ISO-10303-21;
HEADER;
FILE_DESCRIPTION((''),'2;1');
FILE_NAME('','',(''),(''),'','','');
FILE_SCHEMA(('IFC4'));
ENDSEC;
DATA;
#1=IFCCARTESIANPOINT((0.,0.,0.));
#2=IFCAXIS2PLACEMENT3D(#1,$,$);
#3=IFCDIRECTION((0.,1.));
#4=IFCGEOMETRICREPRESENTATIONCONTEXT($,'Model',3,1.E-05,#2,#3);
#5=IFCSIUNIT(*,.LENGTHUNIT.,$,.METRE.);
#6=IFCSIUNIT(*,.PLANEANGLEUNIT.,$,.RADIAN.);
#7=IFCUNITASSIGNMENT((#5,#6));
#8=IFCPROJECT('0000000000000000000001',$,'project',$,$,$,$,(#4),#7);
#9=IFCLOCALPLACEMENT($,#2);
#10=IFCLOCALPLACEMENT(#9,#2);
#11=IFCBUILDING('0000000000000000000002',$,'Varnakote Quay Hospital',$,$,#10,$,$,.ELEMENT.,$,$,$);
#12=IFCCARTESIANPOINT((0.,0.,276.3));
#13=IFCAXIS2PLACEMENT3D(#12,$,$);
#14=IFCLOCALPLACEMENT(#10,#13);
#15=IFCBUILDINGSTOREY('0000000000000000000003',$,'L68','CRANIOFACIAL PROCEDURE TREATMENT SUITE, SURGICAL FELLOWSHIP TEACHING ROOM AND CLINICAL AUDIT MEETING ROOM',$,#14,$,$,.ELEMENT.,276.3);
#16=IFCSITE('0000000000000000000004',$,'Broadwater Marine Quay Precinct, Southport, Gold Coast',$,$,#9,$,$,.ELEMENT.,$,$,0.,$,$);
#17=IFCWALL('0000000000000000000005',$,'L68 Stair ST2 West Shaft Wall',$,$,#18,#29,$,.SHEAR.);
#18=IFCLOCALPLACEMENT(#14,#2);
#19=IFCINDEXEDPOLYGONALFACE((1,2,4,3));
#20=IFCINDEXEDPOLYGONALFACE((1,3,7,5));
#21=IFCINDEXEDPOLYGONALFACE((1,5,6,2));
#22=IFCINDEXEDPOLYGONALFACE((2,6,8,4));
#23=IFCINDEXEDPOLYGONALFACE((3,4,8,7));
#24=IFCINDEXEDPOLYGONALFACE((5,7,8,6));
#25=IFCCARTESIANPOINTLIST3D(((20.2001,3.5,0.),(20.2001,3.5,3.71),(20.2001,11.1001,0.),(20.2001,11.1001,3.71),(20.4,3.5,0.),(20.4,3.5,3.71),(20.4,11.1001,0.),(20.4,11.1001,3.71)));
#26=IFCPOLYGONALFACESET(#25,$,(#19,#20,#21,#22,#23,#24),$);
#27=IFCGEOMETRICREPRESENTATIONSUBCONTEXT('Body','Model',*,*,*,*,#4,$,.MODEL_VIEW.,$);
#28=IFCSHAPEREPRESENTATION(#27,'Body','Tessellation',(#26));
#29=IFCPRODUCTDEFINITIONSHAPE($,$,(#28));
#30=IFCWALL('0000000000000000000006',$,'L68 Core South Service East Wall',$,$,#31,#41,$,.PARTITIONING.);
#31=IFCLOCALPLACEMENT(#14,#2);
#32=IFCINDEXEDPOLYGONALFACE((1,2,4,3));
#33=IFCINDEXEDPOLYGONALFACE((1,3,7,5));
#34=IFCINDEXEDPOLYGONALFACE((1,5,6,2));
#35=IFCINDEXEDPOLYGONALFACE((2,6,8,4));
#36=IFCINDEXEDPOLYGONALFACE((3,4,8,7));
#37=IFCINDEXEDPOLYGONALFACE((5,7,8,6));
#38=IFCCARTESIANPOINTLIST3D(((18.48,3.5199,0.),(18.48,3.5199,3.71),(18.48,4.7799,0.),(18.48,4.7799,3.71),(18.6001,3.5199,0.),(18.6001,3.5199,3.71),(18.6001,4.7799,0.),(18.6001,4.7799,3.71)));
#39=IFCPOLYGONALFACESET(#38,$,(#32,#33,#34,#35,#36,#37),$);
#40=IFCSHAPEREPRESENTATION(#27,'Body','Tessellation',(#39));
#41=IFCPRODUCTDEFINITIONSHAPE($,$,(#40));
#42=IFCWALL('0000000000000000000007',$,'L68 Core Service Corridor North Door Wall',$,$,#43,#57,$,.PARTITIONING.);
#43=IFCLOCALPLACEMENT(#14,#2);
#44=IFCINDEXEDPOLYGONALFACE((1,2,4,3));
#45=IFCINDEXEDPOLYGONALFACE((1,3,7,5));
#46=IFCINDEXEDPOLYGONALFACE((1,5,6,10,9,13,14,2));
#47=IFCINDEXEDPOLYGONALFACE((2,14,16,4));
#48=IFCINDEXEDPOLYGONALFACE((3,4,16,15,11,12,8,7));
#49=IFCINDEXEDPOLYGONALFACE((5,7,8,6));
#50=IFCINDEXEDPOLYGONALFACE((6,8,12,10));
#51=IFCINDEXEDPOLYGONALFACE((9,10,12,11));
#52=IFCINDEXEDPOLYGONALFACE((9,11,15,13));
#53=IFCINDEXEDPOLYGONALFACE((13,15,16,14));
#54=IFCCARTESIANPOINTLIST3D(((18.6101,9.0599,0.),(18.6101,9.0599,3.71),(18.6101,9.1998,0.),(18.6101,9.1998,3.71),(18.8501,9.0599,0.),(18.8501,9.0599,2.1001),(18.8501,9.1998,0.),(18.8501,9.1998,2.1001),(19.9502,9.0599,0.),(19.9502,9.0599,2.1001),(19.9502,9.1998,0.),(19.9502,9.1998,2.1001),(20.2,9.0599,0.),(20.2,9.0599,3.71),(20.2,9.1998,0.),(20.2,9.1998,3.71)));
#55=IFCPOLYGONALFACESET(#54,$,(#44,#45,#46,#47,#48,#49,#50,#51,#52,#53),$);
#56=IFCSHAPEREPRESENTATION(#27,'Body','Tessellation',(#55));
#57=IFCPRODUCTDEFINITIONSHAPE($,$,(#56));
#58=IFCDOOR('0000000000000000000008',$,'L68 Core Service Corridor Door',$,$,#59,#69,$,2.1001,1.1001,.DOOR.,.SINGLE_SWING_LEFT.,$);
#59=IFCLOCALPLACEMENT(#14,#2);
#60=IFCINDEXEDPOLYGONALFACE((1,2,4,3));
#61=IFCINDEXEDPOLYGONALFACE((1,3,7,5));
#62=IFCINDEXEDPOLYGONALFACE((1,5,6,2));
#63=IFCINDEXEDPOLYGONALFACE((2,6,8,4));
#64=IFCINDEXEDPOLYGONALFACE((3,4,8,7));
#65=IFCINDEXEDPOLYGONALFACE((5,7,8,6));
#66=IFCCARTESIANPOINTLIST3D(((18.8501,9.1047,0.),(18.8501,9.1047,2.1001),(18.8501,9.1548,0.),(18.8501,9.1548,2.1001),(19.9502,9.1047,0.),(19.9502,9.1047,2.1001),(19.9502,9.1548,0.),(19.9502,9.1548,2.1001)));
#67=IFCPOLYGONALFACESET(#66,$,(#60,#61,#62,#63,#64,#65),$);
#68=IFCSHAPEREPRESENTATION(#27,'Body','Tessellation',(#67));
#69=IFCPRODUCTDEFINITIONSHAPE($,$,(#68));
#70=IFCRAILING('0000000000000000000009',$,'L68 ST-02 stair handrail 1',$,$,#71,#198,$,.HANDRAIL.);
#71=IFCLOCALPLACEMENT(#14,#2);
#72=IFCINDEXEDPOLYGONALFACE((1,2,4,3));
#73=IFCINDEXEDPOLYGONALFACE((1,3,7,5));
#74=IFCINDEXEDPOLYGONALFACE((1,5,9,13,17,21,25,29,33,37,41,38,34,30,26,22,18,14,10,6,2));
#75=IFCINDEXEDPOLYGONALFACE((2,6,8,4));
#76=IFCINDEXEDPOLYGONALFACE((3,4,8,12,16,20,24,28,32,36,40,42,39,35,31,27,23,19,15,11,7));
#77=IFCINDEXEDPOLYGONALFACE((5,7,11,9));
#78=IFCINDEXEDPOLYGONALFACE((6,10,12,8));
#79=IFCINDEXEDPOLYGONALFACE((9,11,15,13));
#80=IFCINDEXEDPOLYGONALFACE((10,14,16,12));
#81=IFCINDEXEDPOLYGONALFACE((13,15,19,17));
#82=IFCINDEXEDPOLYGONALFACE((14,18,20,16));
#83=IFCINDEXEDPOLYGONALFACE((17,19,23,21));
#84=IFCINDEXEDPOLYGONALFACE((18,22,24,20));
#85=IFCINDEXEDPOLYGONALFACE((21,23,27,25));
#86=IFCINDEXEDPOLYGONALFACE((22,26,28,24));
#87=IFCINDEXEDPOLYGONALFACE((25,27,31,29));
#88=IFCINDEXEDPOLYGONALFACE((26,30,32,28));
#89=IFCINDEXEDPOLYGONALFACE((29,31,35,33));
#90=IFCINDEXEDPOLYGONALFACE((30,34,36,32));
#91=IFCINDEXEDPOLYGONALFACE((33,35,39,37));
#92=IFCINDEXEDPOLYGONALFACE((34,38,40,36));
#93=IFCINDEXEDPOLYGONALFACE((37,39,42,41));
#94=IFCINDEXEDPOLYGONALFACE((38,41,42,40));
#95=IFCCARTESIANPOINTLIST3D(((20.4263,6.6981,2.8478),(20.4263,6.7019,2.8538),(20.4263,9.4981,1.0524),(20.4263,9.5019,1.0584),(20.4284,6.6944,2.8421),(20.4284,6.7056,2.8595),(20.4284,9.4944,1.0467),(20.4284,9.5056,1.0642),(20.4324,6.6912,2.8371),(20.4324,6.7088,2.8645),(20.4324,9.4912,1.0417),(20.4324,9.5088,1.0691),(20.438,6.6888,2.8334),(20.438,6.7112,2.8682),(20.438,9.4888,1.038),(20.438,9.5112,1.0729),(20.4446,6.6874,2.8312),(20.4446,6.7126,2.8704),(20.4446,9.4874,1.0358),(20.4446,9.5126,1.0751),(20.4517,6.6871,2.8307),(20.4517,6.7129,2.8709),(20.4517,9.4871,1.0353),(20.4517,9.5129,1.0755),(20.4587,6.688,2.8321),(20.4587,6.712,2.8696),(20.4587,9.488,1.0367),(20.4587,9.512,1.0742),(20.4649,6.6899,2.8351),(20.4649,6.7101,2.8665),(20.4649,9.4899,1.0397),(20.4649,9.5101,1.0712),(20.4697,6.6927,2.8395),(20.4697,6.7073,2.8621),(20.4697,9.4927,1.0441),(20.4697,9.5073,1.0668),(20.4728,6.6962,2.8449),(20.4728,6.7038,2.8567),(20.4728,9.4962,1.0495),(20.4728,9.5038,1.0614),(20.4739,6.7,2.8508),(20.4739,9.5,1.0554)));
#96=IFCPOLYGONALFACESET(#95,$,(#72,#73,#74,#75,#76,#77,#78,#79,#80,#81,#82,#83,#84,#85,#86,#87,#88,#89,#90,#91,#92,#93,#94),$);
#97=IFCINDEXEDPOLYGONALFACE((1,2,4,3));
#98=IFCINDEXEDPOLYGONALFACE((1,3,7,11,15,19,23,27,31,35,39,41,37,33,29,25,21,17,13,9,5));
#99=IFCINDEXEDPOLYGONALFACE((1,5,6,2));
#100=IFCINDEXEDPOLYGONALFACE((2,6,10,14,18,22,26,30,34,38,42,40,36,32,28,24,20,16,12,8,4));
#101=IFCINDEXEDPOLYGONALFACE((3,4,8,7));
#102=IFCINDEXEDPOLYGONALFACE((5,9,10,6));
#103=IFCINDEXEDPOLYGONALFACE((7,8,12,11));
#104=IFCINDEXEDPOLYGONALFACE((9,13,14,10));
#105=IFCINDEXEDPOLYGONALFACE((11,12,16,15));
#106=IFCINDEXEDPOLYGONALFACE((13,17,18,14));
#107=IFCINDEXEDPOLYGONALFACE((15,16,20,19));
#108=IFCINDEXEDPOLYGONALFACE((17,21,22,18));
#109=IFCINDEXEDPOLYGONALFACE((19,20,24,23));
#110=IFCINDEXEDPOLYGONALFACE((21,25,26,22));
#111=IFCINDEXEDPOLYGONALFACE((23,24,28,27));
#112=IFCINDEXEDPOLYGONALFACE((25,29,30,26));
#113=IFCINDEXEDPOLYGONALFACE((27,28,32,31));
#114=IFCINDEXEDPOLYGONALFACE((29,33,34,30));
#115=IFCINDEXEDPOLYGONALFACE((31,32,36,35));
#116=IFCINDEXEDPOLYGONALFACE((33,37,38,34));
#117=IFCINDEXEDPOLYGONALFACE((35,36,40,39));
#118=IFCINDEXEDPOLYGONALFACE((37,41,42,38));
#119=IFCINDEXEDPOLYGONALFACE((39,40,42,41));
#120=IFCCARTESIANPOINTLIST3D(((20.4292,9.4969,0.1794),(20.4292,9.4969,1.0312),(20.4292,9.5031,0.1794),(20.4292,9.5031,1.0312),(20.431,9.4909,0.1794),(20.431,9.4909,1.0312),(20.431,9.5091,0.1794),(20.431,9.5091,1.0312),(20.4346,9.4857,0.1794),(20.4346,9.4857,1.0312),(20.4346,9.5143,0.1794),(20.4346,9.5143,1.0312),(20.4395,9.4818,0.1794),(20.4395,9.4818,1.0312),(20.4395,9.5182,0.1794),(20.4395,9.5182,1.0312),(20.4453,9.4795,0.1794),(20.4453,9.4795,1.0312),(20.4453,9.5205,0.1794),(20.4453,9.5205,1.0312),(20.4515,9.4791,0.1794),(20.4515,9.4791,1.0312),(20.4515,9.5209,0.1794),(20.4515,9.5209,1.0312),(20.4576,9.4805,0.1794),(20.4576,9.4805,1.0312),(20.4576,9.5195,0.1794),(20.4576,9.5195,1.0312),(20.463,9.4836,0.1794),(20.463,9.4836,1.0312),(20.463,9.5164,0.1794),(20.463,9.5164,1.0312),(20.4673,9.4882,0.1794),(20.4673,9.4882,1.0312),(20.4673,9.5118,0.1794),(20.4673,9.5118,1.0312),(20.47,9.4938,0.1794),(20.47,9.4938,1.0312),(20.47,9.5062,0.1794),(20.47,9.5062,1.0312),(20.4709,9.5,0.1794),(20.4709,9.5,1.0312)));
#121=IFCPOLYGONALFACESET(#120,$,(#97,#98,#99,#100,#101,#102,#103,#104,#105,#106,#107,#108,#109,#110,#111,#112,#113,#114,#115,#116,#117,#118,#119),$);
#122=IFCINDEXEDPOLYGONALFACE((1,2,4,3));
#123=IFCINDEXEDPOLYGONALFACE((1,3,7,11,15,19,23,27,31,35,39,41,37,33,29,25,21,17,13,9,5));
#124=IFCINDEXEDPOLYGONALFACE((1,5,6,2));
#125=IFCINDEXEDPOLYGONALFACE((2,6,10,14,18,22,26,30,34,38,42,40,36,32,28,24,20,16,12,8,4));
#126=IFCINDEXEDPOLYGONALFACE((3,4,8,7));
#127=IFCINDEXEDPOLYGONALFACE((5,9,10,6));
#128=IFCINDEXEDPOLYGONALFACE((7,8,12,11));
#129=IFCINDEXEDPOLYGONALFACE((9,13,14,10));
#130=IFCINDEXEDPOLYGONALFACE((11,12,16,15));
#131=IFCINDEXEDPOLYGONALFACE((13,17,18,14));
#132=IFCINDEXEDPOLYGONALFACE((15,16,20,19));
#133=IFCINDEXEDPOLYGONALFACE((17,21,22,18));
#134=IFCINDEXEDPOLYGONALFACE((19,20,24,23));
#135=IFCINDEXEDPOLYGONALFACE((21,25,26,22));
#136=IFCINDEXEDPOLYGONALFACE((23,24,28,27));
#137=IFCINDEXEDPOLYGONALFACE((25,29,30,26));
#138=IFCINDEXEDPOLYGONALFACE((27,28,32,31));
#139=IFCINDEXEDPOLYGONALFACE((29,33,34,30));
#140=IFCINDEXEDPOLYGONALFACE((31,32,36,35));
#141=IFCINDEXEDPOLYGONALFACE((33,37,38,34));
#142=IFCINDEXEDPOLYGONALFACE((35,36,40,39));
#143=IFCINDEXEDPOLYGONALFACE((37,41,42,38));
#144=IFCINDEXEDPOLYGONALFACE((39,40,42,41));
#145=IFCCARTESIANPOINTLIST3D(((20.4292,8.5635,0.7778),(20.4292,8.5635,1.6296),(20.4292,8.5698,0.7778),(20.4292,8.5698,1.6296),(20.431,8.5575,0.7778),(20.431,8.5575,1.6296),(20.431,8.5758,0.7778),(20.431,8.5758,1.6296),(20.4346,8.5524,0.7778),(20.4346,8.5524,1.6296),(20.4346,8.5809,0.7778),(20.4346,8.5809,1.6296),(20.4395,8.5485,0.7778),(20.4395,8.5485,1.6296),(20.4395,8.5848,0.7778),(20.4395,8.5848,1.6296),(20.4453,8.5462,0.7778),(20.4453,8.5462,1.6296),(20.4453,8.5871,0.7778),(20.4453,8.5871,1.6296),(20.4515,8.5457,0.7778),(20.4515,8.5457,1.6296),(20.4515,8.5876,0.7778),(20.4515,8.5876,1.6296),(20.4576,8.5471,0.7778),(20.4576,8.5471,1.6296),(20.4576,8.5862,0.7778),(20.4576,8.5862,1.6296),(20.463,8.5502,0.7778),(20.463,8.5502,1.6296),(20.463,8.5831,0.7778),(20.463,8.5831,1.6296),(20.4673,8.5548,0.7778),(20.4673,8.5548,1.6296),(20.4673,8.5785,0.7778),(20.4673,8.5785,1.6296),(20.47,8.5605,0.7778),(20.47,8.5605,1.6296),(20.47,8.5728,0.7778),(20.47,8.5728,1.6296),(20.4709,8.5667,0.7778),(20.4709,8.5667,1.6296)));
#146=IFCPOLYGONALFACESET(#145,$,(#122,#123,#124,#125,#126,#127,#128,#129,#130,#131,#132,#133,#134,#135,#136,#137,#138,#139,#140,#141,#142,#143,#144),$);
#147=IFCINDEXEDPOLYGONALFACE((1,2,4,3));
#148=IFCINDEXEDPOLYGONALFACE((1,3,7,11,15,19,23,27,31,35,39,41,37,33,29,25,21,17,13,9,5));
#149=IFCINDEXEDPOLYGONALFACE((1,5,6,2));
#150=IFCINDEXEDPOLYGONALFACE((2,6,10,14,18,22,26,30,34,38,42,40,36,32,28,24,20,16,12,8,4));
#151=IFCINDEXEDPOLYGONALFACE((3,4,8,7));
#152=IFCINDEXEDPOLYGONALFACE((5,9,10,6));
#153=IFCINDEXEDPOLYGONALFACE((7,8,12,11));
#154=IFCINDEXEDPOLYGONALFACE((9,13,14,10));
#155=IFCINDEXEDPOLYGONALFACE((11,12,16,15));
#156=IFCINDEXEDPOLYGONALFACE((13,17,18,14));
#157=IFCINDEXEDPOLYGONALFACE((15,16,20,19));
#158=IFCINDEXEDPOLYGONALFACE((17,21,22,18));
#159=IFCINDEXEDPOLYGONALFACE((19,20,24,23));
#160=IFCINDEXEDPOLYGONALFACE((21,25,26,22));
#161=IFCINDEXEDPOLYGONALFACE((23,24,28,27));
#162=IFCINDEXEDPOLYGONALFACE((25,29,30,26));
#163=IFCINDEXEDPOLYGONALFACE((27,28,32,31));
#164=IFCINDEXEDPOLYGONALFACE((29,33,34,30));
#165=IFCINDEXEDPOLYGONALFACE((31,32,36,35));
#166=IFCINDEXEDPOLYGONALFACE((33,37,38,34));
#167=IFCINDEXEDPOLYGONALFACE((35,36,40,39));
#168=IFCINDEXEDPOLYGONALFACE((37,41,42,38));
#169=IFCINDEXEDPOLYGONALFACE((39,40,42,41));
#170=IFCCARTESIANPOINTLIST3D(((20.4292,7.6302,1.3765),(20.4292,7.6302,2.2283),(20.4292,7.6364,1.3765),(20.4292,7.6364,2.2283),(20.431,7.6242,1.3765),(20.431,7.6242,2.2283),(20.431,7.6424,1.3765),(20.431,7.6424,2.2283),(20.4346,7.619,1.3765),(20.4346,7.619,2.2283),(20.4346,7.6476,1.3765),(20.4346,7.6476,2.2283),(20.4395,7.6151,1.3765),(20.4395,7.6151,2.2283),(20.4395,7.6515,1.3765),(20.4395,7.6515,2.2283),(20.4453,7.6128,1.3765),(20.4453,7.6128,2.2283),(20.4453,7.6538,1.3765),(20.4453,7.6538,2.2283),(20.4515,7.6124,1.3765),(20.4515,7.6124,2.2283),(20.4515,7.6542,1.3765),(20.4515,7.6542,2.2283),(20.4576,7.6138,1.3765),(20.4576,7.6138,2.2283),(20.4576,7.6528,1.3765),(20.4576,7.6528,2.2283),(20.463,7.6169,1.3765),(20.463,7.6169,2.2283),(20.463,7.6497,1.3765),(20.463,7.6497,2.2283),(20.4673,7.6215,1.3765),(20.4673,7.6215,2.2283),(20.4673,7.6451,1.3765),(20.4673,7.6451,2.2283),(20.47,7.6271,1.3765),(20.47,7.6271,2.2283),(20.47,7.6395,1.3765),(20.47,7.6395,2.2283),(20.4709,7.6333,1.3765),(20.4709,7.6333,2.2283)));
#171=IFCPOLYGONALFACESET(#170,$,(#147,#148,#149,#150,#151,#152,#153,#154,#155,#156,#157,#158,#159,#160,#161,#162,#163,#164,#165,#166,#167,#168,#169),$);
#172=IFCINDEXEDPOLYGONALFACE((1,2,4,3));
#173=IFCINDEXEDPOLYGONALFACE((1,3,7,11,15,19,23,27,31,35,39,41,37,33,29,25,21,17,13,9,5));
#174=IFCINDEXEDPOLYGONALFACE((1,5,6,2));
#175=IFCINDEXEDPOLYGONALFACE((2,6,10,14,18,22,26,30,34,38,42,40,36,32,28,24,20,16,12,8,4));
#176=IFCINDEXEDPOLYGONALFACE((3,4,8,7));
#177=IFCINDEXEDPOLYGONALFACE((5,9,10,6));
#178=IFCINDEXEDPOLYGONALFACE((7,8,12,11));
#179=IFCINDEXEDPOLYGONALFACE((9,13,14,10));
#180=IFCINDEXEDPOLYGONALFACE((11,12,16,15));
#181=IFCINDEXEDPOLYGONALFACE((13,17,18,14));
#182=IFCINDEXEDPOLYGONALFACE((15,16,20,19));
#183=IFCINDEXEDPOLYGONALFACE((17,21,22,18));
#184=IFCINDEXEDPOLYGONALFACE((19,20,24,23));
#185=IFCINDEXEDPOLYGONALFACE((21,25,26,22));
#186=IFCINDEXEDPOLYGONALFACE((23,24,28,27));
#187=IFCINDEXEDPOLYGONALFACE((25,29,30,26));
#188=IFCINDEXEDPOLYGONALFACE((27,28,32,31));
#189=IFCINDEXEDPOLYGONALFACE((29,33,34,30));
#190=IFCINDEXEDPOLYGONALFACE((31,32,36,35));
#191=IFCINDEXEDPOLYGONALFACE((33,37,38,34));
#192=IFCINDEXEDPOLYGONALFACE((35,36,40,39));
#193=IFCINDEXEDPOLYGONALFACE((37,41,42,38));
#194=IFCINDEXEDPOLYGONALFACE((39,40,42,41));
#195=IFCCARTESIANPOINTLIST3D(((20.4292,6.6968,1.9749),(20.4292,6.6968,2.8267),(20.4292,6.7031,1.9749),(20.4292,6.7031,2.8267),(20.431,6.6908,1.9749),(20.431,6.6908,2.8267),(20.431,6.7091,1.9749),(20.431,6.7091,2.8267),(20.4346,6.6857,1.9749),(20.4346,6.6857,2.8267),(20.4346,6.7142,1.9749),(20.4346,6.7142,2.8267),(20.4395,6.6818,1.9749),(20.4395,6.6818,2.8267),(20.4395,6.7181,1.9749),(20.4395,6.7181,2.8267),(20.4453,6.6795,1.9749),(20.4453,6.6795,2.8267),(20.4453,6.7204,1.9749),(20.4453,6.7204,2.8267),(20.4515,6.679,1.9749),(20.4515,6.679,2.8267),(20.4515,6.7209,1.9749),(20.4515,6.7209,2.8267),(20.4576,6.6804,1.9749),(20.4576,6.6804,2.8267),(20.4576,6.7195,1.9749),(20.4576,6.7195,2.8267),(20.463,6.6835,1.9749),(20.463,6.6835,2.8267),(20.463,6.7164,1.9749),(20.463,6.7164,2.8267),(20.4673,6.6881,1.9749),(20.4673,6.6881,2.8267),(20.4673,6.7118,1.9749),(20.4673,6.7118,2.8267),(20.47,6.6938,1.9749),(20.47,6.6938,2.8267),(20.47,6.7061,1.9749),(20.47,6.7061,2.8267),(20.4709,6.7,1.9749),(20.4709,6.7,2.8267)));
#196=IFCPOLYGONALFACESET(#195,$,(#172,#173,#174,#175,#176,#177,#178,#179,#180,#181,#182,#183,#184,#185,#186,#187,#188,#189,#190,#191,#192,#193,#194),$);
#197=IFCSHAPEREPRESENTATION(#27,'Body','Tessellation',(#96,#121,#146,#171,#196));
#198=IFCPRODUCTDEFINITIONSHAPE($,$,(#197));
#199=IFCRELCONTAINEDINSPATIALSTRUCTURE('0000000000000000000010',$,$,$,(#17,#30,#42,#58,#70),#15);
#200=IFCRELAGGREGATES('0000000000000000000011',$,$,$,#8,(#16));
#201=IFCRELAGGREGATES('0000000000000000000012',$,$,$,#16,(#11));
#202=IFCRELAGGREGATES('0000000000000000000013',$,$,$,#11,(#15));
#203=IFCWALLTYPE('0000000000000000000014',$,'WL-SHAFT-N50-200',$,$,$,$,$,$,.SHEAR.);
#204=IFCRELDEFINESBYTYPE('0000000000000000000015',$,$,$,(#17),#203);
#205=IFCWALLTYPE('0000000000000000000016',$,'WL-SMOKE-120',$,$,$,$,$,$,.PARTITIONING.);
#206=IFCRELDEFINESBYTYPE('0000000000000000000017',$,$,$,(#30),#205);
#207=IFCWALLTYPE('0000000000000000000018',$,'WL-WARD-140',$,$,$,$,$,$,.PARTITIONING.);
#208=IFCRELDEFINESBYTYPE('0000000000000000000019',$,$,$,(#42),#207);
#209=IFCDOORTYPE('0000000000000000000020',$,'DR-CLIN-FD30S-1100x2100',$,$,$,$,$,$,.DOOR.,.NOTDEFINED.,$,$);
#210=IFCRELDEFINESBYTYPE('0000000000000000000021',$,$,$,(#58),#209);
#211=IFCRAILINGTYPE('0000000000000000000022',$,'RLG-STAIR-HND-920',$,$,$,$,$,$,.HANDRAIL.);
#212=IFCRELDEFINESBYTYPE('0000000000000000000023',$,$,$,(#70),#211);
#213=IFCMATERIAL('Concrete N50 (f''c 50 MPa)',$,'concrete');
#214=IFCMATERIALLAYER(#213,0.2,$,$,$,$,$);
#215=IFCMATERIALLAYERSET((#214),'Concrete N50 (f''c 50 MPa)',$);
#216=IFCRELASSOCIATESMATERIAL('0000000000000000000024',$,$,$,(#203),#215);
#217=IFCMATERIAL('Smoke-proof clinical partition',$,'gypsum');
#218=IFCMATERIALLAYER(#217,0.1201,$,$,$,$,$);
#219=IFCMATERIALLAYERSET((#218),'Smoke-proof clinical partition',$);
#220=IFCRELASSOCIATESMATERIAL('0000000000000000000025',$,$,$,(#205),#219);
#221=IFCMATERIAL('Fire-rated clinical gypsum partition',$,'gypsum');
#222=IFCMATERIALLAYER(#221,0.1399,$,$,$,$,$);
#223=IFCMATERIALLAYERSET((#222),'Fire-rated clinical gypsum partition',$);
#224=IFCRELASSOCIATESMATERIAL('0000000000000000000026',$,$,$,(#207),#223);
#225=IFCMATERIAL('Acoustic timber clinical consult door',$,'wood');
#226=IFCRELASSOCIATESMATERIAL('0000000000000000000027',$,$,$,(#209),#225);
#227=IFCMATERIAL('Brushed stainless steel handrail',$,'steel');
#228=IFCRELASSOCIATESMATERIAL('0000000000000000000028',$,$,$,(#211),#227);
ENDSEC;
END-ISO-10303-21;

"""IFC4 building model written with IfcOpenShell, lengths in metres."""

from ifc_helpers import new_model, si_unit, direction, frame, frame_2d, origin, origin_2d, place, context, subcontext, project, spatial, rectangle, circle, extrude, material, layer, layer_set, type_object, element, fill, save


model = new_model("IFC4")

# Units and contexts
model_context = context("Model", 3, precision=1e-05, world=origin(), true_north=direction((0.0, 1.0)))
body_context = subcontext(model_context, "Body", "Model", "MODEL_VIEW")
ifc_project = project(units=[si_unit("LENGTHUNIT", "METRE"), si_unit("PLANEANGLEUNIT", "RADIAN")], contexts=[model_context])

# Site, building, storey
site_placement = place(None, origin())
site = spatial("IfcSite", under=ifc_project, at=site_placement, Name="Broadwater Marine Quay Precinct, Southport, Gold Coast", CompositionType="ELEMENT", RefElevation=0.0)
building_placement = place(site_placement, origin())
building = spatial("IfcBuilding", under=site, at=building_placement, Name="Varnakote Quay Hospital", CompositionType="ELEMENT")
storey_placement = place(building_placement, frame((0.0, 0.0, 276.3)))
storey = spatial("IfcBuildingStorey", under=building, at=storey_placement, Name="L68", Description="CRANIOFACIAL PROCEDURE TREATMENT SUITE, SURGICAL FELLOWSHIP TEACHING ROOM AND CLINICAL AUDIT MEETING ROOM", CompositionType="ELEMENT", Elevation=276.3)

# Wall
ifc_material_1 = material(Name="Concrete N50 (f'c 50 MPa)", Category="concrete")
ifc_layer_1 = layer(ifc_material_1, 0.2)
ifc_layer_set_1 = layer_set([ifc_layer_1], Name="Concrete N50 (f'c 50 MPa)")
wall_type_1 = type_object("IfcWallType", Name="WL-SHAFT-N50-200", PredefinedType="SHEAR", material=ifc_layer_set_1)
wall_1_placement = place(storey_placement, frame((20.3, 3.5, 0.0), z_axis=(0.0, 0.0, 1.0), x_axis=(0.0, 1.0, 0.0)))
element("IfcWall", 1, at=wall_1_placement, inside=storey, type_object=wall_type_1, Name="L68 Stair ST2 West Shaft Wall", PredefinedType="SHEAR", context=body_context, shape_type="SweptSolid", body=[
    extrude(rectangle(XDim=7.6001, YDim=0.2, at=frame_2d((3.8, 0.0))), origin(), (0.0, 0.0, 1.0), 3.71),
])

# Wall
ifc_material_2 = material(Name="Smoke-proof clinical partition", Category="gypsum")
ifc_layer_2 = layer(ifc_material_2, 0.1201)
ifc_layer_set_2 = layer_set([ifc_layer_2], Name="Smoke-proof clinical partition")
wall_type_2 = type_object("IfcWallType", Name="WL-SMOKE-120", PredefinedType="PARTITIONING", material=ifc_layer_set_2)
wall_2_placement = place(storey_placement, frame((18.54, 3.52, 0.0), z_axis=(0.0, 0.0, 1.0), x_axis=(0.0, 1.0, 0.0)))
element("IfcWall", 2, at=wall_2_placement, inside=storey, type_object=wall_type_2, Name="L68 Core South Service East Wall", PredefinedType="PARTITIONING", context=body_context, shape_type="SweptSolid", body=[
    extrude(rectangle(XDim=1.26, YDim=0.1201, at=frame_2d((0.6299, 0.0))), origin(), (0.0, 0.0, 1.0), 3.71),
])

# Wall, opening, door
ifc_material_3 = material(Name="Fire-rated clinical gypsum partition", Category="gypsum")
ifc_layer_3 = layer(ifc_material_3, 0.1399)
ifc_layer_set_3 = layer_set([ifc_layer_3], Name="Fire-rated clinical gypsum partition")
wall_type_3 = type_object("IfcWallType", Name="WL-WARD-140", PredefinedType="PARTITIONING", material=ifc_layer_set_3)
wall_3_placement = place(storey_placement, frame((18.6101, 9.1299, 0.0), z_axis=(0.0, 0.0, 1.0), x_axis=(1.0, 0.0, 0.0)))
wall_3 = element("IfcWall", 3, at=wall_3_placement, inside=storey, type_object=wall_type_3, Name="L68 Core Service Corridor North Door Wall", PredefinedType="PARTITIONING", context=body_context, shape_type="SweptSolid", body=[
    extrude(rectangle(XDim=1.5898, YDim=0.1399, at=frame_2d((0.7949, 0.0))), origin(), (0.0, 0.0, 1.0), 3.71),
])
opening_1_placement = place(wall_3_placement, frame((0.24, 0.0, 0.0)))
opening_1 = element("IfcOpeningElement", 4, at=opening_1_placement, cuts=wall_3, PredefinedType="OPENING", context=body_context, shape_type="SweptSolid", body=[
    extrude(rectangle(XDim=1.1001, YDim=2.1001, at=frame_2d((0.55, 1.05))), frame((0.0, 0.0798, 0.0), z_axis=(0.0, -1.0, 0.0), x_axis=(1.0, 0.0, 0.0)), (0.0, 0.0, 1.0), 0.1599),
])
ifc_material_4 = material(Name="Acoustic timber clinical consult door", Category="wood")
door_type_1 = type_object("IfcDoorType", Name="DR-CLIN-FD30S-1100x2100", OperationType="NOTDEFINED", PredefinedType="DOOR", material=ifc_material_4)
door_1_placement = place(opening_1_placement, origin())
door_1 = element("IfcDoor", 5, at=door_1_placement, inside=storey, type_object=door_type_1, Name="L68 Core Service Corridor Door", OperationType="SINGLE_SWING_LEFT", OverallHeight=2.1001, OverallWidth=1.1001, PredefinedType="DOOR", context=body_context, shape_type="SweptSolid", body=[
    extrude(rectangle(XDim=1.1001, YDim=2.1001, at=frame_2d((0.55, 1.05))), frame((0.0, 0.0249, 0.0), z_axis=(0.0, -1.0, 0.0), x_axis=(1.0, 0.0, 0.0)), (0.0, 0.0, 1.0), 0.05),
])
fill(opening_1, door_1)

# Railing
ifc_material_5 = material(Name="Brushed stainless steel handrail", Category="steel")
railing_type = type_object("IfcRailingType", Name="RLG-STAIR-HND-920", PredefinedType="HANDRAIL", material=ifc_material_5)
railing_placement = place(storey_placement, frame((20.45, 9.5, 0.1794)))
element("IfcRailing", 6, at=railing_placement, inside=storey, type_object=railing_type, Name="L68 ST-02 stair handrail 1", PredefinedType="HANDRAIL", context=body_context, shape_type="SweptSolid", body=[
    extrude(circle(Radius=0.0239, at=origin_2d()), frame((0.0, 0.0, 0.876), z_axis=(0.0, -0.84181, 0.539774), x_axis=(1.0, 0.0, 0.0)), (0.0, 0.0, 1.0), 3.3262),
    extrude(circle(Radius=0.021, at=origin_2d()), origin(), (0.0, 0.0, 1.0), 0.8518),
    extrude(circle(Radius=0.021, at=origin_2d()), frame((0.0, -0.9333, 0.5984)), (0.0, 0.0, 1.0), 0.8518),
    extrude(circle(Radius=0.021, at=origin_2d()), frame((0.0, -1.8667, 1.197)), (0.0, 0.0, 1.0), 0.8518),
    extrude(circle(Radius=0.021, at=origin_2d()), frame((0.0, -2.8, 1.7954)), (0.0, 0.0, 1.0), 0.8518),
])

save(model, "model.ifc")
